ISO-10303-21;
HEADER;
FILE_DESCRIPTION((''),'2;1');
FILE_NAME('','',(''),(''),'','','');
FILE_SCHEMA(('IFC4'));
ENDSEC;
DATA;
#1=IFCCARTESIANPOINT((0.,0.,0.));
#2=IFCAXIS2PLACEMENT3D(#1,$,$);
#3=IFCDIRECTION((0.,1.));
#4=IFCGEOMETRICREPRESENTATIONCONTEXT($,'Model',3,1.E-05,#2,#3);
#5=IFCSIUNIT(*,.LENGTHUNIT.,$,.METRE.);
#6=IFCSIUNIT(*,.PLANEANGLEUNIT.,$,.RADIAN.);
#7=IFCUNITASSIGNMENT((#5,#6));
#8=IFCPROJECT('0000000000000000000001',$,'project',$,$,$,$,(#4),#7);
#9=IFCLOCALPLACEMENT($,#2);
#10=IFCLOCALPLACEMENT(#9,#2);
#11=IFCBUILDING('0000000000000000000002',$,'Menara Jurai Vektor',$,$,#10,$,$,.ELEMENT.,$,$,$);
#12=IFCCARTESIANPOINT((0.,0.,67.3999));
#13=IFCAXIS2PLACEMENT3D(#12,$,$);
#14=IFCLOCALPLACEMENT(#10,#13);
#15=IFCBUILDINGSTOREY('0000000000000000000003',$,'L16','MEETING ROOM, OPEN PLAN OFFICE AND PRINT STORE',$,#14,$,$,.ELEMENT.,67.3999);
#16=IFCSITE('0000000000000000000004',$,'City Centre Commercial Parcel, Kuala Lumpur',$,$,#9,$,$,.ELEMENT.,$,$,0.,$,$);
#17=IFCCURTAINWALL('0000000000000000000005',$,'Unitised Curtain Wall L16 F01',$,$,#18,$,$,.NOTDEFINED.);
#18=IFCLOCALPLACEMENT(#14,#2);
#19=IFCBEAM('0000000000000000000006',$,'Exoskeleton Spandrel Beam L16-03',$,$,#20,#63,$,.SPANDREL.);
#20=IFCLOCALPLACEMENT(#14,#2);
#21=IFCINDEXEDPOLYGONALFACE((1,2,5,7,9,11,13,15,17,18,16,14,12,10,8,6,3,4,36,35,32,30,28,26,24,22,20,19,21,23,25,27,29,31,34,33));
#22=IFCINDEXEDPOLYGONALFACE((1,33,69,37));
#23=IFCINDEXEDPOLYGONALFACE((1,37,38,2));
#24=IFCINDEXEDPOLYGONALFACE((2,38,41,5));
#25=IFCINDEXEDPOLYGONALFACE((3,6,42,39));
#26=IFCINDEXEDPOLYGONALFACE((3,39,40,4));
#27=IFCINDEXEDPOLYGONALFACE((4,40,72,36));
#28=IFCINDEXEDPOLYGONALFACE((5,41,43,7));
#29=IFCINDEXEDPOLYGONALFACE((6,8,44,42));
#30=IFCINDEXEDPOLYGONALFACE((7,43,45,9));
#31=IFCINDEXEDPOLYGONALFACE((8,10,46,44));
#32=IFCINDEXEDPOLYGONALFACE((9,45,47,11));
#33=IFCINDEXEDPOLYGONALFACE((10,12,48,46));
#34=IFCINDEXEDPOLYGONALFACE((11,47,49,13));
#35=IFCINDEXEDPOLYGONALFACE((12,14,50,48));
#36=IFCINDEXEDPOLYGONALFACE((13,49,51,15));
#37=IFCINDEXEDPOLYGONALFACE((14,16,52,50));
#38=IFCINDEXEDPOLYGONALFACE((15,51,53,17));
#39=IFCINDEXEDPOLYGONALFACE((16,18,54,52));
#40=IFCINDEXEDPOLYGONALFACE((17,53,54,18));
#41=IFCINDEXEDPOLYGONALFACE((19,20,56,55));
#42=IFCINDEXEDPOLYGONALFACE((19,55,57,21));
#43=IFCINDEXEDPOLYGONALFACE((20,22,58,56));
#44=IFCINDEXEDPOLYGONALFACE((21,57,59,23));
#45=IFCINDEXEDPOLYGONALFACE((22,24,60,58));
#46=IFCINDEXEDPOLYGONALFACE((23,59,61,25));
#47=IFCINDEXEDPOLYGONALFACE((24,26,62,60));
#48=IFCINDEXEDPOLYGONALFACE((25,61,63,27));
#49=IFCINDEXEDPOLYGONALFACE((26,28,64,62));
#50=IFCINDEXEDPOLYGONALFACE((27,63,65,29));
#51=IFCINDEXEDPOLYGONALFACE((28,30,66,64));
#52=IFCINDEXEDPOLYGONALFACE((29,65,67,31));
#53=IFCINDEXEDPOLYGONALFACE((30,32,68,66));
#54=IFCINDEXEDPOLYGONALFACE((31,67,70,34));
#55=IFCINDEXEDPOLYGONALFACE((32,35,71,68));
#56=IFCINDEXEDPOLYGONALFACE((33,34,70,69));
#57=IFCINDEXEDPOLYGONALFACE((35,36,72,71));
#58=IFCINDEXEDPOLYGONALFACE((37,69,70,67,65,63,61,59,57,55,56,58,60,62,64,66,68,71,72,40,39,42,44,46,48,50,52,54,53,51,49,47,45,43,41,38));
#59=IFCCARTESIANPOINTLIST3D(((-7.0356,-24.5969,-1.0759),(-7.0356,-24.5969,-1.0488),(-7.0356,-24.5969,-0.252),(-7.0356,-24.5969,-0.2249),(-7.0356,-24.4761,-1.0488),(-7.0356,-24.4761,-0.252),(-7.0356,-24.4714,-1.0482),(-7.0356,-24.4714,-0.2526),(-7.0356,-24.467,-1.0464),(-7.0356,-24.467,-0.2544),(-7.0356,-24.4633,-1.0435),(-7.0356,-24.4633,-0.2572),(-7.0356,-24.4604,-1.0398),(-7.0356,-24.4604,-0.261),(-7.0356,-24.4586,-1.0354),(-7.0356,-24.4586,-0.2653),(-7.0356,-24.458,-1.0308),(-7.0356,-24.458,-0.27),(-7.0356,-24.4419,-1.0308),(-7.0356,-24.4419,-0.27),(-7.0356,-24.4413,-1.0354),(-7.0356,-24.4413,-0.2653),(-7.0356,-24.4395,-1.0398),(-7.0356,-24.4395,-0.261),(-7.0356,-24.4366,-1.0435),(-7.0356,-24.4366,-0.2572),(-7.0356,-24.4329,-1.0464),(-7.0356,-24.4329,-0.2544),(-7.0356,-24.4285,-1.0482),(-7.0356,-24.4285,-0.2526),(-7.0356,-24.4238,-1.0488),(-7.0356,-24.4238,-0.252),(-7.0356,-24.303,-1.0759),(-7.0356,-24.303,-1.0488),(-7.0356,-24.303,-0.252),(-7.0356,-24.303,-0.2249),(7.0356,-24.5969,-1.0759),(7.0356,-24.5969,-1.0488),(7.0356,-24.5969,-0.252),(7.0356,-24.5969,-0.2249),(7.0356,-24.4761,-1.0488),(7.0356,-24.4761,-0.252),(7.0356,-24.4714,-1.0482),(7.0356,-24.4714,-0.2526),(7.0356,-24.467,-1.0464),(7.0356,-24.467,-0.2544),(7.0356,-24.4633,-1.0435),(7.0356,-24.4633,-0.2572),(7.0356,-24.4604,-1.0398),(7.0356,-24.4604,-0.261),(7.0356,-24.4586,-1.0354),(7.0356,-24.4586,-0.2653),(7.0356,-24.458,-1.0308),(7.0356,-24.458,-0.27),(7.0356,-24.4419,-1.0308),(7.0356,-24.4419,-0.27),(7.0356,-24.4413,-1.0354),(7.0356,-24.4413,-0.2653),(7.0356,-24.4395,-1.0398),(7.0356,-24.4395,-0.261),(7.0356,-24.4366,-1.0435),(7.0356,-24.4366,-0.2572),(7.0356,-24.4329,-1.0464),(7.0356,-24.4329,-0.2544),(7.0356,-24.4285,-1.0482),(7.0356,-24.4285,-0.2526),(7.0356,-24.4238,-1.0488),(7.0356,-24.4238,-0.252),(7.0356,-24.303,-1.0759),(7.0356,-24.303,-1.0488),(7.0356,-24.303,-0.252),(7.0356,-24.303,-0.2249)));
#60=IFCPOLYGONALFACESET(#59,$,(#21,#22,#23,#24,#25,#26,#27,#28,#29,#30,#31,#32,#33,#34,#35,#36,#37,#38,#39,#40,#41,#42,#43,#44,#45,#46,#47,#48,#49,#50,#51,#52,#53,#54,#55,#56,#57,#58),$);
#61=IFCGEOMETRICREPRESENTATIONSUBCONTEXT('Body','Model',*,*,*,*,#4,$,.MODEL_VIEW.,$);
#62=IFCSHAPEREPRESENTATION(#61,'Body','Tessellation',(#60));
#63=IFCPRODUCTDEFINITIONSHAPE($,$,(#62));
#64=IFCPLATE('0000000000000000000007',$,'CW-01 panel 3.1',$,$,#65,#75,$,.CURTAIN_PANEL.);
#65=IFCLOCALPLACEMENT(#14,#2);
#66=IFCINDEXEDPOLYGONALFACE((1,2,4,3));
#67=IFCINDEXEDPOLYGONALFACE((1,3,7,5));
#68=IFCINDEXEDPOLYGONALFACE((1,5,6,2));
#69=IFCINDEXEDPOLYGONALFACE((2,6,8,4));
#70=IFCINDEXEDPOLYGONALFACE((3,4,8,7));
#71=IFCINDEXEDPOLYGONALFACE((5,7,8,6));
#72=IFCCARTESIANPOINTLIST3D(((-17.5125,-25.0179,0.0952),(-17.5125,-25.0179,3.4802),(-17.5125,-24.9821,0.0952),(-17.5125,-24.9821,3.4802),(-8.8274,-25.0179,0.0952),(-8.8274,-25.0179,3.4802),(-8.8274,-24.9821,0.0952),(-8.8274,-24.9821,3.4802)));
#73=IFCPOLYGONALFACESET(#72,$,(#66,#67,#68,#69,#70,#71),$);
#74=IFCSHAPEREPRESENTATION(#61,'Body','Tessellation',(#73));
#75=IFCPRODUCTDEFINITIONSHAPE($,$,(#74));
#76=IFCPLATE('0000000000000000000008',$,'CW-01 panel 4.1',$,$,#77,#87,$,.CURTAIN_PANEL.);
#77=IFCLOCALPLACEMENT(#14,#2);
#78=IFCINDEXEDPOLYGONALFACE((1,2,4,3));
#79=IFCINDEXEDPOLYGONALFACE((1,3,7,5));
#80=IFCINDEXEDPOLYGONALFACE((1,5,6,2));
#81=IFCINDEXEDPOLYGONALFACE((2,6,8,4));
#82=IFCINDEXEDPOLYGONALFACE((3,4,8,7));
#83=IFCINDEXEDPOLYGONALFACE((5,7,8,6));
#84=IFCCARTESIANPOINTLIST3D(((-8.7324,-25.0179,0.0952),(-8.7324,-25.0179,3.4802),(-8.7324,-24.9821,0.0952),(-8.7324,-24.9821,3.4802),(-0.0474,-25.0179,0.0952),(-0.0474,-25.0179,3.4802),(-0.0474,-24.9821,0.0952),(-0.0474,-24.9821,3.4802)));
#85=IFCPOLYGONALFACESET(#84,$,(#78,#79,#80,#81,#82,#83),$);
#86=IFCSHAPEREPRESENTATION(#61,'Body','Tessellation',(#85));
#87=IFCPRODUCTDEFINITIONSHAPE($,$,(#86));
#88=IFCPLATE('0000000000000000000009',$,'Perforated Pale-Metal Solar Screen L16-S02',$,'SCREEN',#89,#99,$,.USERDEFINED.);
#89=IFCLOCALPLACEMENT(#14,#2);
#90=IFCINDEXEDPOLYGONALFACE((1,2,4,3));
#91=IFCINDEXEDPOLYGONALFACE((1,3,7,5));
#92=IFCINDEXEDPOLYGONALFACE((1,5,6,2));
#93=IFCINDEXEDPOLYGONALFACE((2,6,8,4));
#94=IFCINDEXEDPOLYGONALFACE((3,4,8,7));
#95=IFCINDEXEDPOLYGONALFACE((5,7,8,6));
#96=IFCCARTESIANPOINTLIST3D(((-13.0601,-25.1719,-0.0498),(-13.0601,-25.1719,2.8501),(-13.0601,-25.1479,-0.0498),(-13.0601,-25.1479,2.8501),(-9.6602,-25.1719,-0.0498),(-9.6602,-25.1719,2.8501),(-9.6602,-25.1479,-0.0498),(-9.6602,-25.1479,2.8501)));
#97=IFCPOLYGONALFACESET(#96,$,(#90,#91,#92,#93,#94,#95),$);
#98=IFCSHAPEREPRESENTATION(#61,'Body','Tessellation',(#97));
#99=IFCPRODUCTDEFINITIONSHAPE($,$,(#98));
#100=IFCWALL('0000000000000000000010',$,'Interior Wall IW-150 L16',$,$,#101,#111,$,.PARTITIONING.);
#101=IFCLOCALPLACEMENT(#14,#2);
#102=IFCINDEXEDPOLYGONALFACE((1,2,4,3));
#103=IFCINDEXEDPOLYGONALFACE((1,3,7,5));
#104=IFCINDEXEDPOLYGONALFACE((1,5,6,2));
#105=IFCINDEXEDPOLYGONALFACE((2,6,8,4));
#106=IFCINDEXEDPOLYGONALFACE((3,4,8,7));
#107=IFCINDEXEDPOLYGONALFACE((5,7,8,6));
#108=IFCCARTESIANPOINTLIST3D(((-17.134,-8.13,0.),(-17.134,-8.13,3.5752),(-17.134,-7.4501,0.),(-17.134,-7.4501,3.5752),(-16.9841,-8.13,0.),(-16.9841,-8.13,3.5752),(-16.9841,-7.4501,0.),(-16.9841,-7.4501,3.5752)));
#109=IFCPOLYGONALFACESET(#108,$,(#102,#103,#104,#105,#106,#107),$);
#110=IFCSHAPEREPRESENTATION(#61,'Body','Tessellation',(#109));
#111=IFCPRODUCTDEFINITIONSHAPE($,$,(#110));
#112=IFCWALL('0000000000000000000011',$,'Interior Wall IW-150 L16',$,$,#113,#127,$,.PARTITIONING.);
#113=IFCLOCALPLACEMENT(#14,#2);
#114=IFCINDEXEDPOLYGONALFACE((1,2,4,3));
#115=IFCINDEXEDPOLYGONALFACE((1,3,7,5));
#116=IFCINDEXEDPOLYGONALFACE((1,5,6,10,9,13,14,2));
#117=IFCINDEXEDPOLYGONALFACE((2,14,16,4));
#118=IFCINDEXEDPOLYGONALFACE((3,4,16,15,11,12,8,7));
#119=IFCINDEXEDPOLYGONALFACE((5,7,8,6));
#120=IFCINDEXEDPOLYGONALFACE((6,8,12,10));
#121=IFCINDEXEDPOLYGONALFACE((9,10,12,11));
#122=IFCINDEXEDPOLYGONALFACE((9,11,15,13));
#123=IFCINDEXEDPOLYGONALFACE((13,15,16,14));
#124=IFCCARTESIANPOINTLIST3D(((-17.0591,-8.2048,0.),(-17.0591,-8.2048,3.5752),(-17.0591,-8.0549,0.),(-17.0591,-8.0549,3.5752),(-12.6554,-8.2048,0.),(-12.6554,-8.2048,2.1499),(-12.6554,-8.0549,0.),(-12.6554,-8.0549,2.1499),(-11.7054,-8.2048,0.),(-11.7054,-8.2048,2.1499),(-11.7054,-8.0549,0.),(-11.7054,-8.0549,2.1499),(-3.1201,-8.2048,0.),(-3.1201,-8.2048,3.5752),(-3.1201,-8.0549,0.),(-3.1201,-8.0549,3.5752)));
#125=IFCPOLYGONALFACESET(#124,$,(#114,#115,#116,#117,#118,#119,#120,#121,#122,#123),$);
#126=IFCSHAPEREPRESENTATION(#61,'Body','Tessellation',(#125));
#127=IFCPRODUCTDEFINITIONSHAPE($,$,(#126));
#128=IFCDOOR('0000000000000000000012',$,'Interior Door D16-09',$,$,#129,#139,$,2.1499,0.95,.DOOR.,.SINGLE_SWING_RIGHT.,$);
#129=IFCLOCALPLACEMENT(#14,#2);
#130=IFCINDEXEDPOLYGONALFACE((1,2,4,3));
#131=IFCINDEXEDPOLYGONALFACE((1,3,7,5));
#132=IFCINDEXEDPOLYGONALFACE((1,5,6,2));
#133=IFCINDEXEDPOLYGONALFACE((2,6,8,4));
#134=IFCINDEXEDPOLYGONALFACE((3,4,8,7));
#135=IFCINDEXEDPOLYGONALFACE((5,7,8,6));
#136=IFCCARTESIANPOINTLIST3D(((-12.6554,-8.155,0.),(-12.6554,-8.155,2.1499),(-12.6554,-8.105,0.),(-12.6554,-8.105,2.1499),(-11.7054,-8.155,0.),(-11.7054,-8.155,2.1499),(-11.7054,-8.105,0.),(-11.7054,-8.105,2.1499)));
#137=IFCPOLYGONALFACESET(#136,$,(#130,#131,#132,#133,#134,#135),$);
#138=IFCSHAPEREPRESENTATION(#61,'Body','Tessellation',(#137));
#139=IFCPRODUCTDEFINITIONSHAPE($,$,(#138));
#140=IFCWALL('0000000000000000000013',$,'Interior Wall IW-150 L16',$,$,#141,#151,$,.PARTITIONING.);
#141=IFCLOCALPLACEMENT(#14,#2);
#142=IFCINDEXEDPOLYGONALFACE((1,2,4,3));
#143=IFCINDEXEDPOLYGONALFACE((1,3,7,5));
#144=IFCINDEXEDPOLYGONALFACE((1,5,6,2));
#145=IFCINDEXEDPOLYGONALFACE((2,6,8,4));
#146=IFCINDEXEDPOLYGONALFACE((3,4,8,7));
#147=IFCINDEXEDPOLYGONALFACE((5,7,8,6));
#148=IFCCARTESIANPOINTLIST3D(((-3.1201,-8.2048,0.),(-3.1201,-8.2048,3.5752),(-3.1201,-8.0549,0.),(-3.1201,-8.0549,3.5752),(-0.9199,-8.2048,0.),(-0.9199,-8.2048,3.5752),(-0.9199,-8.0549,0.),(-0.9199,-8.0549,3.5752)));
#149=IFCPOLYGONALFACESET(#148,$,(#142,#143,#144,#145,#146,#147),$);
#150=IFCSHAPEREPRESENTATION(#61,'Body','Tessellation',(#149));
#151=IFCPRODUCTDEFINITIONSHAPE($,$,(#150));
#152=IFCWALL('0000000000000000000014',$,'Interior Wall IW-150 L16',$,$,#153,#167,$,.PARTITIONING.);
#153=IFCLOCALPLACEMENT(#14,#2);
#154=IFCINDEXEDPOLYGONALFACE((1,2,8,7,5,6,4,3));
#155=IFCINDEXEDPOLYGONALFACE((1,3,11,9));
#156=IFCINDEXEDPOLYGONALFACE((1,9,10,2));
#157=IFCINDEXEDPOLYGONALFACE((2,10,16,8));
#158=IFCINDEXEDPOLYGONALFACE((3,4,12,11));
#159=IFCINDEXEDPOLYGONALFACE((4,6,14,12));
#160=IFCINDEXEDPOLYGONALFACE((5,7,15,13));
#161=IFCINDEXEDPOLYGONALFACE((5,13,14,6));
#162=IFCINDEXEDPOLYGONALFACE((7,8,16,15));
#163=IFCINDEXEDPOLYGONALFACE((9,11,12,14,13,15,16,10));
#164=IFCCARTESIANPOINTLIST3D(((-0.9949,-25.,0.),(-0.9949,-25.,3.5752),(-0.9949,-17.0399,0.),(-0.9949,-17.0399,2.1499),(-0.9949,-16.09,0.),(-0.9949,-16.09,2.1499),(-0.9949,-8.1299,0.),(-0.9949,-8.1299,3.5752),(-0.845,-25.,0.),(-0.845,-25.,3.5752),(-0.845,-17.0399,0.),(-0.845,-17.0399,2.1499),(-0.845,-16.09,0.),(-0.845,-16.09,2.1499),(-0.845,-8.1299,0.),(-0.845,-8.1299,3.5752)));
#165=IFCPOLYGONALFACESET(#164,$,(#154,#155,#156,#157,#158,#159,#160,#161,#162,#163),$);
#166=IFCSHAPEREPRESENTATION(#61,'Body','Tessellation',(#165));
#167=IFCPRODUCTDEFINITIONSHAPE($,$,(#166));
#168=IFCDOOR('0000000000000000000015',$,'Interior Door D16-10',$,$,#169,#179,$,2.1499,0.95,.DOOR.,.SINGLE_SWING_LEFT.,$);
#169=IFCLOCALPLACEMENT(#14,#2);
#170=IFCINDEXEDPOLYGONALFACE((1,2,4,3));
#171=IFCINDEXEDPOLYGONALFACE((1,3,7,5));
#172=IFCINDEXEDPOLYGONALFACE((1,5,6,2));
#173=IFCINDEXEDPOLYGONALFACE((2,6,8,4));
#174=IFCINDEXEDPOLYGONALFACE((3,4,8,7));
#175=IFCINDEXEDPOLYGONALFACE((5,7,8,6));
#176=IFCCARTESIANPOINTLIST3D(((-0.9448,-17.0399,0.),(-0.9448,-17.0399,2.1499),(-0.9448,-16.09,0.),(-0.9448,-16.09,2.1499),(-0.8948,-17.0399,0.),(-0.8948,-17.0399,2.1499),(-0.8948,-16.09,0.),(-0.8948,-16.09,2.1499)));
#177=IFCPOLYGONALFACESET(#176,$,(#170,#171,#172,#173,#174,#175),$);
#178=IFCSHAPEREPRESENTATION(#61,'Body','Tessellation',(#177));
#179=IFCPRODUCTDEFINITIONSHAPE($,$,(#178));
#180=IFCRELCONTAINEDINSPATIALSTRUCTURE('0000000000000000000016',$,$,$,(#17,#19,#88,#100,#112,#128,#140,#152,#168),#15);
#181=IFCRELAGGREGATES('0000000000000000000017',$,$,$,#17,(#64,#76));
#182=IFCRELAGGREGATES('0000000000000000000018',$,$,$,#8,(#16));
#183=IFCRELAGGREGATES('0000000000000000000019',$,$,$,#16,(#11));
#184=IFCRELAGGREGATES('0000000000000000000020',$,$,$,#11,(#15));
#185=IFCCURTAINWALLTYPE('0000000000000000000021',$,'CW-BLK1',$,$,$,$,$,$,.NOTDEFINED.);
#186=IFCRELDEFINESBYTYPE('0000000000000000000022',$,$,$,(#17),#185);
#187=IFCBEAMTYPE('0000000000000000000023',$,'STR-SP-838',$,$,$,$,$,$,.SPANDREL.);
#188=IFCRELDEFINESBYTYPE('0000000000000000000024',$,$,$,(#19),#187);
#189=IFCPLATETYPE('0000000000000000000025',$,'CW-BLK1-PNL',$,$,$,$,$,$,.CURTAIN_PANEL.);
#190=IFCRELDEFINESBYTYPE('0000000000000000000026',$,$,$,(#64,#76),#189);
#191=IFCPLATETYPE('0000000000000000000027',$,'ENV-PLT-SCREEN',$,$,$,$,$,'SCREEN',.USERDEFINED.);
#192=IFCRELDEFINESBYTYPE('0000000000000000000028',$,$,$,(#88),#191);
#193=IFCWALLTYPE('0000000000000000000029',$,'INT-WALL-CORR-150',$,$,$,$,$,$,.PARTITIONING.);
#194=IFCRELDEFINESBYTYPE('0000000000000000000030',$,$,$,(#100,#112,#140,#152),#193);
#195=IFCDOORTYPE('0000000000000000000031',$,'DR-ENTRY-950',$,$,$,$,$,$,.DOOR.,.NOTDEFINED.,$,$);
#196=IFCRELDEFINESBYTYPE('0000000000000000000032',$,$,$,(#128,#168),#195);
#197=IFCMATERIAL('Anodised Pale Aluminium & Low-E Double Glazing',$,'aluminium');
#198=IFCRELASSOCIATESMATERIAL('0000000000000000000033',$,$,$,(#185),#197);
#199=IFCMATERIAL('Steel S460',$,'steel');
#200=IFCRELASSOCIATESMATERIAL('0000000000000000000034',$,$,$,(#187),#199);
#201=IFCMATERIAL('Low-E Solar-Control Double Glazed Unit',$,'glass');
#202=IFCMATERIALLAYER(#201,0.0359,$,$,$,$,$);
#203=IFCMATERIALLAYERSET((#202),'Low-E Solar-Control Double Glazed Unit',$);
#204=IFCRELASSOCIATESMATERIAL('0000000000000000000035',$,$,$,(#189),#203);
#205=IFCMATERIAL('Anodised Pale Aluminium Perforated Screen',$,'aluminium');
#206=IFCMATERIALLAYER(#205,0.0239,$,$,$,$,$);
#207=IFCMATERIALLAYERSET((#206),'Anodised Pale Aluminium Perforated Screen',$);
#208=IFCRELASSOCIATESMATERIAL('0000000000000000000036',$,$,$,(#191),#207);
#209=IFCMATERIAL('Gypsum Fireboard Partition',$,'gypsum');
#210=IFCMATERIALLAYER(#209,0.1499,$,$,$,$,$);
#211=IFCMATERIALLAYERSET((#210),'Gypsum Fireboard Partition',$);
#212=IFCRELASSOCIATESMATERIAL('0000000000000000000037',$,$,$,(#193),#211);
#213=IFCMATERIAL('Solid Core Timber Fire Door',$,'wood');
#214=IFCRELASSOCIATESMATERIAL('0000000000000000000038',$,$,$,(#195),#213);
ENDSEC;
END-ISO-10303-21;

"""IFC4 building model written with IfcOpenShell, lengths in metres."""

from ifc_helpers import new_model, si_unit, direction, frame, frame_2d, origin, origin_2d, place, context, subcontext, project, spatial, rectangle, i_section, extrude, material, layer, layer_set, material_profile, profile_set, type_object, element, fill, aggregate, save


model = new_model("IFC4")

# Units and contexts
model_context = context("Model", 3, precision=1e-05, world=origin(), true_north=direction((0.0, 1.0)))
body_context = subcontext(model_context, "Body", "Model", "MODEL_VIEW")
ifc_project = project(units=[si_unit("LENGTHUNIT", "METRE"), si_unit("PLANEANGLEUNIT", "RADIAN")], contexts=[model_context])

# Site, building, storey
site_placement = place(None, origin())
site = spatial("IfcSite", under=ifc_project, at=site_placement, Name="City Centre Commercial Parcel, Kuala Lumpur", CompositionType="ELEMENT", RefElevation=0.0)
building_placement = place(site_placement, origin())
building = spatial("IfcBuilding", under=site, at=building_placement, Name="Menara Jurai Vektor", CompositionType="ELEMENT")
storey_placement = place(building_placement, frame((0.0, 0.0, 67.3999)))
storey = spatial("IfcBuildingStorey", under=building, at=storey_placement, Name="L16", Description="MEETING ROOM, OPEN PLAN OFFICE AND PRINT STORE", CompositionType="ELEMENT", Elevation=67.3999)

# Shared definitions
ifc_material_1 = material(Name="Steel S460", Category="steel")

# Curtain wall
ifc_material_2 = material(Name="Anodised Pale Aluminium & Low-E Double Glazing", Category="aluminium")
curtain_wall_type = type_object("IfcCurtainWallType", Name="CW-BLK1", PredefinedType="NOTDEFINED", material=ifc_material_2)
curtain_wall_placement = place(storey_placement, origin())
curtain_wall = element("IfcCurtainWall", 1, at=curtain_wall_placement, inside=storey, type_object=curtain_wall_type, Name="Unitised Curtain Wall L16 F01", PredefinedType="NOTDEFINED")

# Beam
ifc_material_profile_1 = material_profile(ifc_material_1, i_section(OverallWidth=0.2939, OverallDepth=0.8511, WebThickness=0.0161, FlangeThickness=0.0271, FilletRadius=0.0181, at=origin_2d()), Name="UKB 838x292x226")
ifc_profile_set_1 = profile_set([ifc_material_profile_1], Name="Steel S460")
beam_type_1 = type_object("IfcBeamType", Name="STR-SP-838", PredefinedType="SPANDREL", material=ifc_profile_set_1)
beam_1_placement = place(storey_placement, frame((-7.0356, -24.45, -0.6504), z_axis=(1.0, 0.0, 0.0), x_axis=(0.0, 1.0, 0.0)))
element("IfcBeam", 2, at=beam_1_placement, inside=storey, type_object=beam_type_1, Name="Exoskeleton Spandrel Beam L16-03", PredefinedType="SPANDREL", context=body_context, shape_type="SweptSolid", body=[
    extrude(i_section(OverallWidth=0.2939, OverallDepth=0.8511, WebThickness=0.0161, FlangeThickness=0.0271, FilletRadius=0.0181, at=origin_2d()), origin(), (0.0, 0.0, 1.0), 14.0713),
])

# Plates
ifc_material_3 = material(Name="Low-E Solar-Control Double Glazed Unit", Category="glass")
ifc_layer_1 = layer(ifc_material_3, 0.0359)
ifc_layer_set_1 = layer_set([ifc_layer_1], Name="Low-E Solar-Control Double Glazed Unit")
plate_type_1 = type_object("IfcPlateType", Name="CW-BLK1-PNL", PredefinedType="CURTAIN_PANEL", material=ifc_layer_set_1)
plate_1_placement = place(storey_placement, frame((-13.1699, -25.0, 0.0952), z_axis=(0.0, 0.0, 1.0), x_axis=(1.0, 0.0, 0.0)))
plate_1 = element("IfcPlate", 3, at=plate_1_placement, type_object=plate_type_1, Name="CW-01 panel 3.1", PredefinedType="CURTAIN_PANEL", context=body_context, shape_type="SweptSolid", body=[
    extrude(rectangle(XDim=8.6851, YDim=0.0359, at=origin_2d()), origin(), (0.0, 0.0, 1.0), 3.385),
])
plate_2_placement = place(storey_placement, frame((-4.3899, -25.0, 0.0952), z_axis=(0.0, 0.0, 1.0), x_axis=(1.0, 0.0, 0.0)))
plate_2 = element("IfcPlate", 4, at=plate_2_placement, type_object=plate_type_1, Name="CW-01 panel 4.1", PredefinedType="CURTAIN_PANEL", context=body_context, shape_type="SweptSolid", body=[
    extrude(rectangle(XDim=8.6851, YDim=0.0359, at=origin_2d()), origin(), (0.0, 0.0, 1.0), 3.385),
])
aggregate(curtain_wall, [plate_1, plate_2])
ifc_material_4 = material(Name="Anodised Pale Aluminium Perforated Screen", Category="aluminium")
ifc_layer_2 = layer(ifc_material_4, 0.0239)
ifc_layer_set_2 = layer_set([ifc_layer_2], Name="Anodised Pale Aluminium Perforated Screen")
plate_type_2 = type_object("IfcPlateType", Name="ENV-PLT-SCREEN", ElementType="SCREEN", PredefinedType="USERDEFINED", material=ifc_layer_set_2)
plate_3_placement = place(storey_placement, frame((-11.3601, -25.1599, -0.0498), z_axis=(0.0, 0.0, 1.0), x_axis=(1.0, 0.0, 0.0)))
element("IfcPlate", 5, at=plate_3_placement, inside=storey, type_object=plate_type_2, Name="Perforated Pale-Metal Solar Screen L16-S02", ObjectType="SCREEN", PredefinedType="USERDEFINED", context=body_context, shape_type="SweptSolid", body=[
    extrude(rectangle(XDim=3.3999, YDim=0.0239, at=origin_2d()), origin(), (0.0, 0.0, 1.0), 2.8999),
])

# Wall
ifc_material_5 = material(Name="Gypsum Fireboard Partition", Category="gypsum")
ifc_layer_3 = layer(ifc_material_5, 0.1499)
ifc_layer_set_3 = layer_set([ifc_layer_3], Name="Gypsum Fireboard Partition")
wall_type_1 = type_object("IfcWallType", Name="INT-WALL-CORR-150", PredefinedType="PARTITIONING", material=ifc_layer_set_3)
wall_1_placement = place(storey_placement, frame((-17.0591, -8.1299, 0.0), z_axis=(0.0, 0.0, 1.0), x_axis=(0.0, 1.0, 0.0)))
element("IfcWall", 6, at=wall_1_placement, inside=storey, type_object=wall_type_1, Name="Interior Wall IW-150 L16", PredefinedType="PARTITIONING", context=body_context, shape_type="SweptSolid", body=[
    extrude(rectangle(XDim=0.6799, YDim=0.1499, at=frame_2d((0.3398, 0.0))), origin(), (0.0, 0.0, 1.0), 3.5752),
])

# Wall, opening, door
wall_2_placement = place(storey_placement, frame((-17.0591, -8.1299, 0.0), z_axis=(0.0, 0.0, 1.0), x_axis=(1.0, 0.0, 0.0)))
wall_2 = element("IfcWall", 7, at=wall_2_placement, inside=storey, type_object=wall_type_1, Name="Interior Wall IW-150 L16", PredefinedType="PARTITIONING", context=body_context, shape_type="SweptSolid", body=[
    extrude(rectangle(XDim=13.939, YDim=0.1499, at=frame_2d((6.9695, 0.0))), origin(), (0.0, 0.0, 1.0), 3.5752),
])
opening_1_placement = place(wall_2_placement, frame((4.4036, 0.0, 0.0)))
opening_1 = element("IfcOpeningElement", 8, at=opening_1_placement, cuts=wall_2, PredefinedType="OPENING", context=body_context, shape_type="SweptSolid", body=[
    extrude(rectangle(XDim=0.95, YDim=2.1499, at=frame_2d((0.4751, 1.075))), frame((0.0, 0.085, 0.0), z_axis=(0.0, -1.0, 0.0), x_axis=(1.0, 0.0, 0.0)), (0.0, 0.0, 1.0), 0.1699),
])
ifc_material_6 = material(Name="Solid Core Timber Fire Door", Category="wood")
door_type = type_object("IfcDoorType", Name="DR-ENTRY-950", OperationType="NOTDEFINED", PredefinedType="DOOR", material=ifc_material_6)
door_1_placement = place(opening_1_placement, origin())
door_1 = element("IfcDoor", 9, at=door_1_placement, inside=storey, type_object=door_type, Name="Interior Door D16-09", OperationType="SINGLE_SWING_RIGHT", OverallHeight=2.1499, OverallWidth=0.95, PredefinedType="DOOR", context=body_context, shape_type="SweptSolid", body=[
    extrude(rectangle(XDim=0.95, YDim=2.1499, at=frame_2d((0.4751, 1.075))), frame((0.0, 0.0249, 0.0), z_axis=(0.0, -1.0, 0.0), x_axis=(1.0, 0.0, 0.0)), (0.0, 0.0, 1.0), 0.05),
])
fill(opening_1, door_1)

# Wall
wall_3_placement = place(storey_placement, frame((-3.1201, -8.1299, 0.0), z_axis=(0.0, 0.0, 1.0), x_axis=(1.0, 0.0, 0.0)))
element("IfcWall", 10, at=wall_3_placement, inside=storey, type_object=wall_type_1, Name="Interior Wall IW-150 L16", PredefinedType="PARTITIONING", context=body_context, shape_type="SweptSolid", body=[
    extrude(rectangle(XDim=2.2002, YDim=0.1499, at=frame_2d((1.1001, 0.0))), origin(), (0.0, 0.0, 1.0), 3.5752),
])

# Wall, opening, door
wall_4_placement = place(storey_placement, frame((-0.9199, -25.0, 0.0), z_axis=(0.0, 0.0, 1.0), x_axis=(0.0, 1.0, 0.0)))
wall_4 = element("IfcWall", 11, at=wall_4_placement, inside=storey, type_object=wall_type_1, Name="Interior Wall IW-150 L16", PredefinedType="PARTITIONING", context=body_context, shape_type="SweptSolid", body=[
    extrude(rectangle(XDim=16.8701, YDim=0.1499, at=frame_2d((8.4351, 0.0))), origin(), (0.0, 0.0, 1.0), 3.5752),
])
opening_2_placement = place(wall_4_placement, frame((7.96, 0.0, 0.0)))
opening_2 = element("IfcOpeningElement", 12, at=opening_2_placement, cuts=wall_4, PredefinedType="OPENING", context=body_context, shape_type="SweptSolid", body=[
    extrude(rectangle(XDim=0.95, YDim=2.1499, at=frame_2d((0.4751, 1.075))), frame((0.0, 0.085, 0.0), z_axis=(0.0, -1.0, 0.0), x_axis=(1.0, 0.0, 0.0)), (0.0, 0.0, 1.0), 0.1699),
])
door_2_placement = place(opening_2_placement, origin())
door_2 = element("IfcDoor", 13, at=door_2_placement, inside=storey, type_object=door_type, Name="Interior Door D16-10", OperationType="SINGLE_SWING_LEFT", OverallHeight=2.1499, OverallWidth=0.95, PredefinedType="DOOR", context=body_context, shape_type="SweptSolid", body=[
    extrude(rectangle(XDim=0.95, YDim=2.1499, at=frame_2d((0.4751, 1.075))), frame((0.0, 0.0249, 0.0), z_axis=(0.0, -1.0, 0.0), x_axis=(1.0, 0.0, 0.0)), (0.0, 0.0, 1.0), 0.05),
])
fill(opening_2, door_2)

save(model, "model.ifc")
